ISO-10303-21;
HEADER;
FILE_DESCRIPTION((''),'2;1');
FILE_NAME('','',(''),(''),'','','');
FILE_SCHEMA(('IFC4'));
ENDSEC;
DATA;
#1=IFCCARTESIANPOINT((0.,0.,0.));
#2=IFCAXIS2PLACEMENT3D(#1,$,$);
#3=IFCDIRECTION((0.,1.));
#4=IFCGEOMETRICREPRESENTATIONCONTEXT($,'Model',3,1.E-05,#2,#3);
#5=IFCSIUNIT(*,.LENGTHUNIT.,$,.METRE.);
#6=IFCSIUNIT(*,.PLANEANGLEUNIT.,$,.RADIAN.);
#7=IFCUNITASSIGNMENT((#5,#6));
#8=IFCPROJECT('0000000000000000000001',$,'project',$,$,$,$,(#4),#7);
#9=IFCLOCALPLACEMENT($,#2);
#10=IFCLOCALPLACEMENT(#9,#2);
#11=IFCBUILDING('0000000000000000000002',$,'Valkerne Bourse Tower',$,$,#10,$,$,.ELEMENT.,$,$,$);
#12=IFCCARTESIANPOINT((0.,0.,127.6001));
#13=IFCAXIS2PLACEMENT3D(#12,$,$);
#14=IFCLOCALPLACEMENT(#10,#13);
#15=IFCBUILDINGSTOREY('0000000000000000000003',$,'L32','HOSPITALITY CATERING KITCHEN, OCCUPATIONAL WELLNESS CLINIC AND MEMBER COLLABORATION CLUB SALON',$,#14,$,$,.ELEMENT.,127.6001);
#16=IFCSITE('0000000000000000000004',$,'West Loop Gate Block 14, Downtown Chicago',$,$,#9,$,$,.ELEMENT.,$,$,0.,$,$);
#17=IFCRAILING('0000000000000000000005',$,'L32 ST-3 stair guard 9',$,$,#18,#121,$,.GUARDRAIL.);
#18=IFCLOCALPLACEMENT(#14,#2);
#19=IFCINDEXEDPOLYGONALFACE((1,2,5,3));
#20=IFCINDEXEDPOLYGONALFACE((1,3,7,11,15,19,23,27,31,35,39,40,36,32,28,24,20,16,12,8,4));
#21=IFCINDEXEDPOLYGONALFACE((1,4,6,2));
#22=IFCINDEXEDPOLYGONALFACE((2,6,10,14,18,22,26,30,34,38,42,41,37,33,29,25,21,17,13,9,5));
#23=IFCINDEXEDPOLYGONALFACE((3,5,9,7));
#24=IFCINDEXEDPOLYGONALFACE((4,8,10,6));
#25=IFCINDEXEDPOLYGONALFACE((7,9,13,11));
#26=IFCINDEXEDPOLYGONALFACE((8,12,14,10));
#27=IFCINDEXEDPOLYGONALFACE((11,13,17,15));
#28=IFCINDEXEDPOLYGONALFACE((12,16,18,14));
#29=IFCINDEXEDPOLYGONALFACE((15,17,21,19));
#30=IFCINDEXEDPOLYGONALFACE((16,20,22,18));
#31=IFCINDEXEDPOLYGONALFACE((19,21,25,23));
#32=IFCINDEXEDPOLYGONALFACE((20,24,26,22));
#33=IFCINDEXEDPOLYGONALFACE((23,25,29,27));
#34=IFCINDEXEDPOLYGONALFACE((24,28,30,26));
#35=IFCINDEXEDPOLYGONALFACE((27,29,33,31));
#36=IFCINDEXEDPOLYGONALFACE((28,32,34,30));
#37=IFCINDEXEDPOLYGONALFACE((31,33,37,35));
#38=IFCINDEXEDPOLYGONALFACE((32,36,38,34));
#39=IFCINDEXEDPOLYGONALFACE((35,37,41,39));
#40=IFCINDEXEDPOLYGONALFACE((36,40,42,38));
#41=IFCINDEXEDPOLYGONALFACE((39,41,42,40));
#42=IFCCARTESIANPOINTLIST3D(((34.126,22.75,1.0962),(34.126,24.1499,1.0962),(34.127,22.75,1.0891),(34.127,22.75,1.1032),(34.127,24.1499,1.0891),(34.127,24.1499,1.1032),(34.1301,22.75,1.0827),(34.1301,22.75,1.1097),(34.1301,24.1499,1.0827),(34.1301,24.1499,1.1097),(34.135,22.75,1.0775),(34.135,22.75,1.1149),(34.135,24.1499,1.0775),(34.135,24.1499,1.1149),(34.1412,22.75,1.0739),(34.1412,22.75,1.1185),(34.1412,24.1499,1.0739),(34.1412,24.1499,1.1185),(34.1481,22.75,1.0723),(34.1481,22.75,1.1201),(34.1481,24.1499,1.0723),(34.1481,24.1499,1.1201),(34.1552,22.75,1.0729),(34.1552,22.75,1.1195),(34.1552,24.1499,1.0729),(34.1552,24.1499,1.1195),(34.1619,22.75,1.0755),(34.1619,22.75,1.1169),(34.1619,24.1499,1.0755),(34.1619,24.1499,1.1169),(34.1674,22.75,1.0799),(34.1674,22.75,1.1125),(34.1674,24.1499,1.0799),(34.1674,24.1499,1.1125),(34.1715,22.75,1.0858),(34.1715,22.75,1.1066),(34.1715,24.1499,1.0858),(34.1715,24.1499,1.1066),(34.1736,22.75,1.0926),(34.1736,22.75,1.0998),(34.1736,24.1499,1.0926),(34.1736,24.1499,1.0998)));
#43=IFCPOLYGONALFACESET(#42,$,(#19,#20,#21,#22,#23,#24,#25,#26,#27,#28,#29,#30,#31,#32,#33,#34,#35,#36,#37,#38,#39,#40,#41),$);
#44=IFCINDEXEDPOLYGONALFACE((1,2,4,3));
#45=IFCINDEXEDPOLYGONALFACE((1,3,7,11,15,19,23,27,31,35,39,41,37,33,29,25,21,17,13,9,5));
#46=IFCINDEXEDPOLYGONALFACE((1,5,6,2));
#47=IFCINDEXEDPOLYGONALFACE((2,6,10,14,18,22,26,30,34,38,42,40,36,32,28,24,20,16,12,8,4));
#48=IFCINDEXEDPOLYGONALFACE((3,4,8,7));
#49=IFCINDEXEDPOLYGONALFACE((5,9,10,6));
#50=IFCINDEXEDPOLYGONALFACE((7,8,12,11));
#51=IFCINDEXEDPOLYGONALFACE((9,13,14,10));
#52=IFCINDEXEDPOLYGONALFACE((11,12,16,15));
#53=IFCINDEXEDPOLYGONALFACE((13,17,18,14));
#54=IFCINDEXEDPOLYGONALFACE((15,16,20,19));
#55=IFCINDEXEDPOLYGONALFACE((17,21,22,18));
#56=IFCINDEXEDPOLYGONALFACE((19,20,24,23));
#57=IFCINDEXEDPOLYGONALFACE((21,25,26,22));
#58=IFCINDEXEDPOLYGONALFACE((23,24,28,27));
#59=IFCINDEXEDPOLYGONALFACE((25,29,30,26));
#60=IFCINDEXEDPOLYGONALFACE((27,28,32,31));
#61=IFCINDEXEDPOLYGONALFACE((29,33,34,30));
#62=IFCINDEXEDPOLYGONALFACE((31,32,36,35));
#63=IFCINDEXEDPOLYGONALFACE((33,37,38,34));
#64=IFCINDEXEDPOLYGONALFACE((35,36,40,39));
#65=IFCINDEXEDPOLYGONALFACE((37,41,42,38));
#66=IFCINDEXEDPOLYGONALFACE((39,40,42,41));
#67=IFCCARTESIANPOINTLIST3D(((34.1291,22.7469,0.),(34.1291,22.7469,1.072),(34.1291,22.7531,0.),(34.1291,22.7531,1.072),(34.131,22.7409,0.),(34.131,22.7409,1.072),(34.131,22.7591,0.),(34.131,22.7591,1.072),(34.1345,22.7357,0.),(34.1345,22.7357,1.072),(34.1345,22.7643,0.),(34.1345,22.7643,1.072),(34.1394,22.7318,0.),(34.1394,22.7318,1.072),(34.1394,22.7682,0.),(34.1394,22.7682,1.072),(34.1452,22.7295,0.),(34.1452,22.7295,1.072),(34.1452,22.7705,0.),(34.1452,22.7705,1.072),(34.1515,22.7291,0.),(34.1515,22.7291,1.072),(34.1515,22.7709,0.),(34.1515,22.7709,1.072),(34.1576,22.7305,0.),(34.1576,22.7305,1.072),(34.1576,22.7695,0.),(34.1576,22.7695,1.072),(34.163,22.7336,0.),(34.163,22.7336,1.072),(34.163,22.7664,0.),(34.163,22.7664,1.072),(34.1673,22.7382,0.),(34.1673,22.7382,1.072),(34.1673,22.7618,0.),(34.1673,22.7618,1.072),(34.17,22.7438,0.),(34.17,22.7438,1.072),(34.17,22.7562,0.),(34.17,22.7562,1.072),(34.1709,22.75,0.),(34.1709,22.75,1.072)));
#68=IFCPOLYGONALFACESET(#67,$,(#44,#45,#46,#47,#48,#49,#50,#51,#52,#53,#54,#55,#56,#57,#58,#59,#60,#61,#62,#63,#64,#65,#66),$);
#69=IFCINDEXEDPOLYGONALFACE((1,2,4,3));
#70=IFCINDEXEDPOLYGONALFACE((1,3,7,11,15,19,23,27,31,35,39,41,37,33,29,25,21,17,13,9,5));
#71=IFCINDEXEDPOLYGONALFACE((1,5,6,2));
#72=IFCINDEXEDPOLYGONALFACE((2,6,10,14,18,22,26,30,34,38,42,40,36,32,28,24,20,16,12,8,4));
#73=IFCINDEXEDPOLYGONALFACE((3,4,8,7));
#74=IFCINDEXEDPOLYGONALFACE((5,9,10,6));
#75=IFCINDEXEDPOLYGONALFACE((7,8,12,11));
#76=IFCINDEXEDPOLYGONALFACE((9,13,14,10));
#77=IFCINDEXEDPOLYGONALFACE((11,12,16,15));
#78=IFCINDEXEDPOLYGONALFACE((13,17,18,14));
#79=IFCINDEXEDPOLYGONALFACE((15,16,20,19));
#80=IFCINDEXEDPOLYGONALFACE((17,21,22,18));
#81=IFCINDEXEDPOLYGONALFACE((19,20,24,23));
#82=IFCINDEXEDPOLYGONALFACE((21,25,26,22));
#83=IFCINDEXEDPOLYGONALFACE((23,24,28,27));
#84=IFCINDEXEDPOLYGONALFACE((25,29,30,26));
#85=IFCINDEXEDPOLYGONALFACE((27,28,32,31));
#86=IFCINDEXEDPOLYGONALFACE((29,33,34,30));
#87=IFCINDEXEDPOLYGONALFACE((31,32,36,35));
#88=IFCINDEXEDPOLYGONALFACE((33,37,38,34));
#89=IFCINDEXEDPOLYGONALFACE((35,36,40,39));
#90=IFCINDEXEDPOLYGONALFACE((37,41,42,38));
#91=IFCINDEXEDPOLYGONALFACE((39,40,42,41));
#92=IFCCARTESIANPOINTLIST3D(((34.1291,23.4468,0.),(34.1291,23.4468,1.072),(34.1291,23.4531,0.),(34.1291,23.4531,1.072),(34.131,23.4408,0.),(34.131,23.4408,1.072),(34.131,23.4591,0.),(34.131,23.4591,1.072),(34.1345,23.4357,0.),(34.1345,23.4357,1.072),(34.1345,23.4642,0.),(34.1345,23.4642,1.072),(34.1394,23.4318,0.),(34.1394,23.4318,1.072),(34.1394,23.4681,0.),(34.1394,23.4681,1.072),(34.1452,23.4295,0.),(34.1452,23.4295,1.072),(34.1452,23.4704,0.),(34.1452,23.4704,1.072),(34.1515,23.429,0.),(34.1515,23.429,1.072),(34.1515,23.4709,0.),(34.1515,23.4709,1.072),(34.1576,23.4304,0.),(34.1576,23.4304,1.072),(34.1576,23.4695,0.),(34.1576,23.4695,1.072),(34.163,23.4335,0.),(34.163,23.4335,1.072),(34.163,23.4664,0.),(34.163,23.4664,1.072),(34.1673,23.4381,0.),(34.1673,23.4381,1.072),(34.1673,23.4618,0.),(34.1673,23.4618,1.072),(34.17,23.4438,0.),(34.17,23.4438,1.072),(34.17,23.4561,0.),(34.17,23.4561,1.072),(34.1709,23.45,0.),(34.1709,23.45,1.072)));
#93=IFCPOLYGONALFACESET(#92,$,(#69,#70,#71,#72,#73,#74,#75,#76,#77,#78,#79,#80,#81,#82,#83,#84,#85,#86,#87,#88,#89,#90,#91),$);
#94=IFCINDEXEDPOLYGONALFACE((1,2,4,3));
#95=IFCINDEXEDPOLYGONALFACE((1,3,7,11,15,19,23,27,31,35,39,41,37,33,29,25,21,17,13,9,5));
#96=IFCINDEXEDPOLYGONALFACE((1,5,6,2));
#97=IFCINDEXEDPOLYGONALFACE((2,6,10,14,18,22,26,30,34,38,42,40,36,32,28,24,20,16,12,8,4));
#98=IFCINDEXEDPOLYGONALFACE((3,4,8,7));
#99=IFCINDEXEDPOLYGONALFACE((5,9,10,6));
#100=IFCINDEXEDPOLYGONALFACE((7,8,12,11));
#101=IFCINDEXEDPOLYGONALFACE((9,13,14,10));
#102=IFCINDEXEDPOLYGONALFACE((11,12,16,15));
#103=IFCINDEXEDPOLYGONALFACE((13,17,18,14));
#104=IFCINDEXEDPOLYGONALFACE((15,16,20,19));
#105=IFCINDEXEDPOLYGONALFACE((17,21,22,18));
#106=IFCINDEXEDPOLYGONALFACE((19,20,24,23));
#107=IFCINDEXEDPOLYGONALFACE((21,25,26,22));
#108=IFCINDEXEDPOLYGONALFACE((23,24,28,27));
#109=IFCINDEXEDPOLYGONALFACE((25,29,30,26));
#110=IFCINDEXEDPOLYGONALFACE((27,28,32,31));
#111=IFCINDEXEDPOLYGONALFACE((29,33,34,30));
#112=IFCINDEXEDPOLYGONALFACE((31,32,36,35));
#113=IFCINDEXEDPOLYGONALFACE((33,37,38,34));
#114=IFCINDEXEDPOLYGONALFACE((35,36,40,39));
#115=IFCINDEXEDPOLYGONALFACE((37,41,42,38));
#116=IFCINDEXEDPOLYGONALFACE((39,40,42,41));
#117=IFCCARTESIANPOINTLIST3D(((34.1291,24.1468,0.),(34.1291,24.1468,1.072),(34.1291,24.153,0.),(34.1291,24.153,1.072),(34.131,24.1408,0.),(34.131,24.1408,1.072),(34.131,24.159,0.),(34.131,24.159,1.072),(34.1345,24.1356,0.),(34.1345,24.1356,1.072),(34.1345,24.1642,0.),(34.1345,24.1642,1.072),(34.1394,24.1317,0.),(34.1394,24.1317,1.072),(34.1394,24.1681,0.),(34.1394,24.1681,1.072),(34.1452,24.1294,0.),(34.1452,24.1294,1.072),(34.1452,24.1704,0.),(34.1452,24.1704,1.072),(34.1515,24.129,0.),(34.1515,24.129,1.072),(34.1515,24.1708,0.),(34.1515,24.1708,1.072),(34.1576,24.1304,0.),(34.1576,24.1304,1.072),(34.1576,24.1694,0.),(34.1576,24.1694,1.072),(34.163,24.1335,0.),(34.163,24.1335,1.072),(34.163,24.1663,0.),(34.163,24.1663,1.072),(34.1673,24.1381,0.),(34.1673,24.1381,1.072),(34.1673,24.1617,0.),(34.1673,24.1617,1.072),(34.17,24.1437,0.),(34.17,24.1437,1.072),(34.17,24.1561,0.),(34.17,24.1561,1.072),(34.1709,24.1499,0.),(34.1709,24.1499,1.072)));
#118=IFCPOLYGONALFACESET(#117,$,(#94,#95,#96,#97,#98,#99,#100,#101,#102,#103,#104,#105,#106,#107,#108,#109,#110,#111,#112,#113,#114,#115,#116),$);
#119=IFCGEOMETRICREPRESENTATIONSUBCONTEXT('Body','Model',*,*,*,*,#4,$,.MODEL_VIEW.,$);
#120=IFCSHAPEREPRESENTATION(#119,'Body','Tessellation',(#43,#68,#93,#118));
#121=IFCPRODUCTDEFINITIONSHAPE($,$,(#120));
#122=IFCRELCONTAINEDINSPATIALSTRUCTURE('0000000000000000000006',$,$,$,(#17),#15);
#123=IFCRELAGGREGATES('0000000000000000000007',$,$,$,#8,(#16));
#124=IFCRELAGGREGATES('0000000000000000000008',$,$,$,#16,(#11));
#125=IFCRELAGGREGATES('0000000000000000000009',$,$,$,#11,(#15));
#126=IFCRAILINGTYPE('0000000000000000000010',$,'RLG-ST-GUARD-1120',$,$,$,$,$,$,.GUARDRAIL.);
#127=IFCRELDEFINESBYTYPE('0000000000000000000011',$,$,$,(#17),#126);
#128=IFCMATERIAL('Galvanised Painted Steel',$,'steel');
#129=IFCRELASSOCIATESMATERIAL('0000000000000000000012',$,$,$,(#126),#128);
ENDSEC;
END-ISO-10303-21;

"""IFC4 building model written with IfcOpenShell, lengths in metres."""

from ifc_helpers import new_model, si_unit, direction, frame, origin, origin_2d, place, context, subcontext, project, spatial, circle, extrude, material, type_object, element, save


model = new_model("IFC4")

# Units and contexts
model_context = context("Model", 3, precision=1e-05, world=origin(), true_north=direction((0.0, 1.0)))
body_context = subcontext(model_context, "Body", "Model", "MODEL_VIEW")
ifc_project = project(units=[si_unit("LENGTHUNIT", "METRE"), si_unit("PLANEANGLEUNIT", "RADIAN")], contexts=[model_context])

# Site, building, storey
site_placement = place(None, origin())
site = spatial("IfcSite", under=ifc_project, at=site_placement, Name="West Loop Gate Block 14, Downtown Chicago", CompositionType="ELEMENT", RefElevation=0.0)
building_placement = place(site_placement, origin())
building = spatial("IfcBuilding", under=site, at=building_placement, Name="Valkerne Bourse Tower", CompositionType="ELEMENT")
storey_placement = place(building_placement, frame((0.0, 0.0, 127.6001)))
storey = spatial("IfcBuildingStorey", under=building, at=storey_placement, Name="L32", Description="HOSPITALITY CATERING KITCHEN, OCCUPATIONAL WELLNESS CLINIC AND MEMBER COLLABORATION CLUB SALON", CompositionType="ELEMENT", Elevation=127.6001)

# Shared definitions
ifc_material_1 = material(Name="Galvanised Painted Steel", Category="steel")

# Railing
railing_type_1 = type_object("IfcRailingType", Name="RLG-ST-GUARD-1120", PredefinedType="GUARDRAIL", material=ifc_material_1)
for number, where, name in (
    (1, (34.1499, 22.75, 0.0), "L32 ST-3 stair guard 9"),
):
    element("IfcRailing", number, at=place(storey_placement, frame(where)), inside=storey, type_object=railing_type_1, Name=name, PredefinedType="GUARDRAIL", context=body_context, shape_type="SweptSolid", body=[
        extrude(circle(Radius=0.0239, at=origin_2d()), frame((0.0, 0.0, 1.0962), z_axis=(0.0, 1.0, 0.0), x_axis=(-1.0, 0.0, 0.0)), (0.0, 0.0, 1.0), 1.3999),
        extrude(circle(Radius=0.021, at=origin_2d()), origin(), (0.0, 0.0, 1.0), 1.072),
        extrude(circle(Radius=0.021, at=origin_2d()), frame((0.0, 0.7, 0.0)), (0.0, 0.0, 1.0), 1.072),
        extrude(circle(Radius=0.021, at=origin_2d()), frame((0.0, 1.3999, 0.0)), (0.0, 0.0, 1.0), 1.072),
    ])

save(model, "model.ifc")
